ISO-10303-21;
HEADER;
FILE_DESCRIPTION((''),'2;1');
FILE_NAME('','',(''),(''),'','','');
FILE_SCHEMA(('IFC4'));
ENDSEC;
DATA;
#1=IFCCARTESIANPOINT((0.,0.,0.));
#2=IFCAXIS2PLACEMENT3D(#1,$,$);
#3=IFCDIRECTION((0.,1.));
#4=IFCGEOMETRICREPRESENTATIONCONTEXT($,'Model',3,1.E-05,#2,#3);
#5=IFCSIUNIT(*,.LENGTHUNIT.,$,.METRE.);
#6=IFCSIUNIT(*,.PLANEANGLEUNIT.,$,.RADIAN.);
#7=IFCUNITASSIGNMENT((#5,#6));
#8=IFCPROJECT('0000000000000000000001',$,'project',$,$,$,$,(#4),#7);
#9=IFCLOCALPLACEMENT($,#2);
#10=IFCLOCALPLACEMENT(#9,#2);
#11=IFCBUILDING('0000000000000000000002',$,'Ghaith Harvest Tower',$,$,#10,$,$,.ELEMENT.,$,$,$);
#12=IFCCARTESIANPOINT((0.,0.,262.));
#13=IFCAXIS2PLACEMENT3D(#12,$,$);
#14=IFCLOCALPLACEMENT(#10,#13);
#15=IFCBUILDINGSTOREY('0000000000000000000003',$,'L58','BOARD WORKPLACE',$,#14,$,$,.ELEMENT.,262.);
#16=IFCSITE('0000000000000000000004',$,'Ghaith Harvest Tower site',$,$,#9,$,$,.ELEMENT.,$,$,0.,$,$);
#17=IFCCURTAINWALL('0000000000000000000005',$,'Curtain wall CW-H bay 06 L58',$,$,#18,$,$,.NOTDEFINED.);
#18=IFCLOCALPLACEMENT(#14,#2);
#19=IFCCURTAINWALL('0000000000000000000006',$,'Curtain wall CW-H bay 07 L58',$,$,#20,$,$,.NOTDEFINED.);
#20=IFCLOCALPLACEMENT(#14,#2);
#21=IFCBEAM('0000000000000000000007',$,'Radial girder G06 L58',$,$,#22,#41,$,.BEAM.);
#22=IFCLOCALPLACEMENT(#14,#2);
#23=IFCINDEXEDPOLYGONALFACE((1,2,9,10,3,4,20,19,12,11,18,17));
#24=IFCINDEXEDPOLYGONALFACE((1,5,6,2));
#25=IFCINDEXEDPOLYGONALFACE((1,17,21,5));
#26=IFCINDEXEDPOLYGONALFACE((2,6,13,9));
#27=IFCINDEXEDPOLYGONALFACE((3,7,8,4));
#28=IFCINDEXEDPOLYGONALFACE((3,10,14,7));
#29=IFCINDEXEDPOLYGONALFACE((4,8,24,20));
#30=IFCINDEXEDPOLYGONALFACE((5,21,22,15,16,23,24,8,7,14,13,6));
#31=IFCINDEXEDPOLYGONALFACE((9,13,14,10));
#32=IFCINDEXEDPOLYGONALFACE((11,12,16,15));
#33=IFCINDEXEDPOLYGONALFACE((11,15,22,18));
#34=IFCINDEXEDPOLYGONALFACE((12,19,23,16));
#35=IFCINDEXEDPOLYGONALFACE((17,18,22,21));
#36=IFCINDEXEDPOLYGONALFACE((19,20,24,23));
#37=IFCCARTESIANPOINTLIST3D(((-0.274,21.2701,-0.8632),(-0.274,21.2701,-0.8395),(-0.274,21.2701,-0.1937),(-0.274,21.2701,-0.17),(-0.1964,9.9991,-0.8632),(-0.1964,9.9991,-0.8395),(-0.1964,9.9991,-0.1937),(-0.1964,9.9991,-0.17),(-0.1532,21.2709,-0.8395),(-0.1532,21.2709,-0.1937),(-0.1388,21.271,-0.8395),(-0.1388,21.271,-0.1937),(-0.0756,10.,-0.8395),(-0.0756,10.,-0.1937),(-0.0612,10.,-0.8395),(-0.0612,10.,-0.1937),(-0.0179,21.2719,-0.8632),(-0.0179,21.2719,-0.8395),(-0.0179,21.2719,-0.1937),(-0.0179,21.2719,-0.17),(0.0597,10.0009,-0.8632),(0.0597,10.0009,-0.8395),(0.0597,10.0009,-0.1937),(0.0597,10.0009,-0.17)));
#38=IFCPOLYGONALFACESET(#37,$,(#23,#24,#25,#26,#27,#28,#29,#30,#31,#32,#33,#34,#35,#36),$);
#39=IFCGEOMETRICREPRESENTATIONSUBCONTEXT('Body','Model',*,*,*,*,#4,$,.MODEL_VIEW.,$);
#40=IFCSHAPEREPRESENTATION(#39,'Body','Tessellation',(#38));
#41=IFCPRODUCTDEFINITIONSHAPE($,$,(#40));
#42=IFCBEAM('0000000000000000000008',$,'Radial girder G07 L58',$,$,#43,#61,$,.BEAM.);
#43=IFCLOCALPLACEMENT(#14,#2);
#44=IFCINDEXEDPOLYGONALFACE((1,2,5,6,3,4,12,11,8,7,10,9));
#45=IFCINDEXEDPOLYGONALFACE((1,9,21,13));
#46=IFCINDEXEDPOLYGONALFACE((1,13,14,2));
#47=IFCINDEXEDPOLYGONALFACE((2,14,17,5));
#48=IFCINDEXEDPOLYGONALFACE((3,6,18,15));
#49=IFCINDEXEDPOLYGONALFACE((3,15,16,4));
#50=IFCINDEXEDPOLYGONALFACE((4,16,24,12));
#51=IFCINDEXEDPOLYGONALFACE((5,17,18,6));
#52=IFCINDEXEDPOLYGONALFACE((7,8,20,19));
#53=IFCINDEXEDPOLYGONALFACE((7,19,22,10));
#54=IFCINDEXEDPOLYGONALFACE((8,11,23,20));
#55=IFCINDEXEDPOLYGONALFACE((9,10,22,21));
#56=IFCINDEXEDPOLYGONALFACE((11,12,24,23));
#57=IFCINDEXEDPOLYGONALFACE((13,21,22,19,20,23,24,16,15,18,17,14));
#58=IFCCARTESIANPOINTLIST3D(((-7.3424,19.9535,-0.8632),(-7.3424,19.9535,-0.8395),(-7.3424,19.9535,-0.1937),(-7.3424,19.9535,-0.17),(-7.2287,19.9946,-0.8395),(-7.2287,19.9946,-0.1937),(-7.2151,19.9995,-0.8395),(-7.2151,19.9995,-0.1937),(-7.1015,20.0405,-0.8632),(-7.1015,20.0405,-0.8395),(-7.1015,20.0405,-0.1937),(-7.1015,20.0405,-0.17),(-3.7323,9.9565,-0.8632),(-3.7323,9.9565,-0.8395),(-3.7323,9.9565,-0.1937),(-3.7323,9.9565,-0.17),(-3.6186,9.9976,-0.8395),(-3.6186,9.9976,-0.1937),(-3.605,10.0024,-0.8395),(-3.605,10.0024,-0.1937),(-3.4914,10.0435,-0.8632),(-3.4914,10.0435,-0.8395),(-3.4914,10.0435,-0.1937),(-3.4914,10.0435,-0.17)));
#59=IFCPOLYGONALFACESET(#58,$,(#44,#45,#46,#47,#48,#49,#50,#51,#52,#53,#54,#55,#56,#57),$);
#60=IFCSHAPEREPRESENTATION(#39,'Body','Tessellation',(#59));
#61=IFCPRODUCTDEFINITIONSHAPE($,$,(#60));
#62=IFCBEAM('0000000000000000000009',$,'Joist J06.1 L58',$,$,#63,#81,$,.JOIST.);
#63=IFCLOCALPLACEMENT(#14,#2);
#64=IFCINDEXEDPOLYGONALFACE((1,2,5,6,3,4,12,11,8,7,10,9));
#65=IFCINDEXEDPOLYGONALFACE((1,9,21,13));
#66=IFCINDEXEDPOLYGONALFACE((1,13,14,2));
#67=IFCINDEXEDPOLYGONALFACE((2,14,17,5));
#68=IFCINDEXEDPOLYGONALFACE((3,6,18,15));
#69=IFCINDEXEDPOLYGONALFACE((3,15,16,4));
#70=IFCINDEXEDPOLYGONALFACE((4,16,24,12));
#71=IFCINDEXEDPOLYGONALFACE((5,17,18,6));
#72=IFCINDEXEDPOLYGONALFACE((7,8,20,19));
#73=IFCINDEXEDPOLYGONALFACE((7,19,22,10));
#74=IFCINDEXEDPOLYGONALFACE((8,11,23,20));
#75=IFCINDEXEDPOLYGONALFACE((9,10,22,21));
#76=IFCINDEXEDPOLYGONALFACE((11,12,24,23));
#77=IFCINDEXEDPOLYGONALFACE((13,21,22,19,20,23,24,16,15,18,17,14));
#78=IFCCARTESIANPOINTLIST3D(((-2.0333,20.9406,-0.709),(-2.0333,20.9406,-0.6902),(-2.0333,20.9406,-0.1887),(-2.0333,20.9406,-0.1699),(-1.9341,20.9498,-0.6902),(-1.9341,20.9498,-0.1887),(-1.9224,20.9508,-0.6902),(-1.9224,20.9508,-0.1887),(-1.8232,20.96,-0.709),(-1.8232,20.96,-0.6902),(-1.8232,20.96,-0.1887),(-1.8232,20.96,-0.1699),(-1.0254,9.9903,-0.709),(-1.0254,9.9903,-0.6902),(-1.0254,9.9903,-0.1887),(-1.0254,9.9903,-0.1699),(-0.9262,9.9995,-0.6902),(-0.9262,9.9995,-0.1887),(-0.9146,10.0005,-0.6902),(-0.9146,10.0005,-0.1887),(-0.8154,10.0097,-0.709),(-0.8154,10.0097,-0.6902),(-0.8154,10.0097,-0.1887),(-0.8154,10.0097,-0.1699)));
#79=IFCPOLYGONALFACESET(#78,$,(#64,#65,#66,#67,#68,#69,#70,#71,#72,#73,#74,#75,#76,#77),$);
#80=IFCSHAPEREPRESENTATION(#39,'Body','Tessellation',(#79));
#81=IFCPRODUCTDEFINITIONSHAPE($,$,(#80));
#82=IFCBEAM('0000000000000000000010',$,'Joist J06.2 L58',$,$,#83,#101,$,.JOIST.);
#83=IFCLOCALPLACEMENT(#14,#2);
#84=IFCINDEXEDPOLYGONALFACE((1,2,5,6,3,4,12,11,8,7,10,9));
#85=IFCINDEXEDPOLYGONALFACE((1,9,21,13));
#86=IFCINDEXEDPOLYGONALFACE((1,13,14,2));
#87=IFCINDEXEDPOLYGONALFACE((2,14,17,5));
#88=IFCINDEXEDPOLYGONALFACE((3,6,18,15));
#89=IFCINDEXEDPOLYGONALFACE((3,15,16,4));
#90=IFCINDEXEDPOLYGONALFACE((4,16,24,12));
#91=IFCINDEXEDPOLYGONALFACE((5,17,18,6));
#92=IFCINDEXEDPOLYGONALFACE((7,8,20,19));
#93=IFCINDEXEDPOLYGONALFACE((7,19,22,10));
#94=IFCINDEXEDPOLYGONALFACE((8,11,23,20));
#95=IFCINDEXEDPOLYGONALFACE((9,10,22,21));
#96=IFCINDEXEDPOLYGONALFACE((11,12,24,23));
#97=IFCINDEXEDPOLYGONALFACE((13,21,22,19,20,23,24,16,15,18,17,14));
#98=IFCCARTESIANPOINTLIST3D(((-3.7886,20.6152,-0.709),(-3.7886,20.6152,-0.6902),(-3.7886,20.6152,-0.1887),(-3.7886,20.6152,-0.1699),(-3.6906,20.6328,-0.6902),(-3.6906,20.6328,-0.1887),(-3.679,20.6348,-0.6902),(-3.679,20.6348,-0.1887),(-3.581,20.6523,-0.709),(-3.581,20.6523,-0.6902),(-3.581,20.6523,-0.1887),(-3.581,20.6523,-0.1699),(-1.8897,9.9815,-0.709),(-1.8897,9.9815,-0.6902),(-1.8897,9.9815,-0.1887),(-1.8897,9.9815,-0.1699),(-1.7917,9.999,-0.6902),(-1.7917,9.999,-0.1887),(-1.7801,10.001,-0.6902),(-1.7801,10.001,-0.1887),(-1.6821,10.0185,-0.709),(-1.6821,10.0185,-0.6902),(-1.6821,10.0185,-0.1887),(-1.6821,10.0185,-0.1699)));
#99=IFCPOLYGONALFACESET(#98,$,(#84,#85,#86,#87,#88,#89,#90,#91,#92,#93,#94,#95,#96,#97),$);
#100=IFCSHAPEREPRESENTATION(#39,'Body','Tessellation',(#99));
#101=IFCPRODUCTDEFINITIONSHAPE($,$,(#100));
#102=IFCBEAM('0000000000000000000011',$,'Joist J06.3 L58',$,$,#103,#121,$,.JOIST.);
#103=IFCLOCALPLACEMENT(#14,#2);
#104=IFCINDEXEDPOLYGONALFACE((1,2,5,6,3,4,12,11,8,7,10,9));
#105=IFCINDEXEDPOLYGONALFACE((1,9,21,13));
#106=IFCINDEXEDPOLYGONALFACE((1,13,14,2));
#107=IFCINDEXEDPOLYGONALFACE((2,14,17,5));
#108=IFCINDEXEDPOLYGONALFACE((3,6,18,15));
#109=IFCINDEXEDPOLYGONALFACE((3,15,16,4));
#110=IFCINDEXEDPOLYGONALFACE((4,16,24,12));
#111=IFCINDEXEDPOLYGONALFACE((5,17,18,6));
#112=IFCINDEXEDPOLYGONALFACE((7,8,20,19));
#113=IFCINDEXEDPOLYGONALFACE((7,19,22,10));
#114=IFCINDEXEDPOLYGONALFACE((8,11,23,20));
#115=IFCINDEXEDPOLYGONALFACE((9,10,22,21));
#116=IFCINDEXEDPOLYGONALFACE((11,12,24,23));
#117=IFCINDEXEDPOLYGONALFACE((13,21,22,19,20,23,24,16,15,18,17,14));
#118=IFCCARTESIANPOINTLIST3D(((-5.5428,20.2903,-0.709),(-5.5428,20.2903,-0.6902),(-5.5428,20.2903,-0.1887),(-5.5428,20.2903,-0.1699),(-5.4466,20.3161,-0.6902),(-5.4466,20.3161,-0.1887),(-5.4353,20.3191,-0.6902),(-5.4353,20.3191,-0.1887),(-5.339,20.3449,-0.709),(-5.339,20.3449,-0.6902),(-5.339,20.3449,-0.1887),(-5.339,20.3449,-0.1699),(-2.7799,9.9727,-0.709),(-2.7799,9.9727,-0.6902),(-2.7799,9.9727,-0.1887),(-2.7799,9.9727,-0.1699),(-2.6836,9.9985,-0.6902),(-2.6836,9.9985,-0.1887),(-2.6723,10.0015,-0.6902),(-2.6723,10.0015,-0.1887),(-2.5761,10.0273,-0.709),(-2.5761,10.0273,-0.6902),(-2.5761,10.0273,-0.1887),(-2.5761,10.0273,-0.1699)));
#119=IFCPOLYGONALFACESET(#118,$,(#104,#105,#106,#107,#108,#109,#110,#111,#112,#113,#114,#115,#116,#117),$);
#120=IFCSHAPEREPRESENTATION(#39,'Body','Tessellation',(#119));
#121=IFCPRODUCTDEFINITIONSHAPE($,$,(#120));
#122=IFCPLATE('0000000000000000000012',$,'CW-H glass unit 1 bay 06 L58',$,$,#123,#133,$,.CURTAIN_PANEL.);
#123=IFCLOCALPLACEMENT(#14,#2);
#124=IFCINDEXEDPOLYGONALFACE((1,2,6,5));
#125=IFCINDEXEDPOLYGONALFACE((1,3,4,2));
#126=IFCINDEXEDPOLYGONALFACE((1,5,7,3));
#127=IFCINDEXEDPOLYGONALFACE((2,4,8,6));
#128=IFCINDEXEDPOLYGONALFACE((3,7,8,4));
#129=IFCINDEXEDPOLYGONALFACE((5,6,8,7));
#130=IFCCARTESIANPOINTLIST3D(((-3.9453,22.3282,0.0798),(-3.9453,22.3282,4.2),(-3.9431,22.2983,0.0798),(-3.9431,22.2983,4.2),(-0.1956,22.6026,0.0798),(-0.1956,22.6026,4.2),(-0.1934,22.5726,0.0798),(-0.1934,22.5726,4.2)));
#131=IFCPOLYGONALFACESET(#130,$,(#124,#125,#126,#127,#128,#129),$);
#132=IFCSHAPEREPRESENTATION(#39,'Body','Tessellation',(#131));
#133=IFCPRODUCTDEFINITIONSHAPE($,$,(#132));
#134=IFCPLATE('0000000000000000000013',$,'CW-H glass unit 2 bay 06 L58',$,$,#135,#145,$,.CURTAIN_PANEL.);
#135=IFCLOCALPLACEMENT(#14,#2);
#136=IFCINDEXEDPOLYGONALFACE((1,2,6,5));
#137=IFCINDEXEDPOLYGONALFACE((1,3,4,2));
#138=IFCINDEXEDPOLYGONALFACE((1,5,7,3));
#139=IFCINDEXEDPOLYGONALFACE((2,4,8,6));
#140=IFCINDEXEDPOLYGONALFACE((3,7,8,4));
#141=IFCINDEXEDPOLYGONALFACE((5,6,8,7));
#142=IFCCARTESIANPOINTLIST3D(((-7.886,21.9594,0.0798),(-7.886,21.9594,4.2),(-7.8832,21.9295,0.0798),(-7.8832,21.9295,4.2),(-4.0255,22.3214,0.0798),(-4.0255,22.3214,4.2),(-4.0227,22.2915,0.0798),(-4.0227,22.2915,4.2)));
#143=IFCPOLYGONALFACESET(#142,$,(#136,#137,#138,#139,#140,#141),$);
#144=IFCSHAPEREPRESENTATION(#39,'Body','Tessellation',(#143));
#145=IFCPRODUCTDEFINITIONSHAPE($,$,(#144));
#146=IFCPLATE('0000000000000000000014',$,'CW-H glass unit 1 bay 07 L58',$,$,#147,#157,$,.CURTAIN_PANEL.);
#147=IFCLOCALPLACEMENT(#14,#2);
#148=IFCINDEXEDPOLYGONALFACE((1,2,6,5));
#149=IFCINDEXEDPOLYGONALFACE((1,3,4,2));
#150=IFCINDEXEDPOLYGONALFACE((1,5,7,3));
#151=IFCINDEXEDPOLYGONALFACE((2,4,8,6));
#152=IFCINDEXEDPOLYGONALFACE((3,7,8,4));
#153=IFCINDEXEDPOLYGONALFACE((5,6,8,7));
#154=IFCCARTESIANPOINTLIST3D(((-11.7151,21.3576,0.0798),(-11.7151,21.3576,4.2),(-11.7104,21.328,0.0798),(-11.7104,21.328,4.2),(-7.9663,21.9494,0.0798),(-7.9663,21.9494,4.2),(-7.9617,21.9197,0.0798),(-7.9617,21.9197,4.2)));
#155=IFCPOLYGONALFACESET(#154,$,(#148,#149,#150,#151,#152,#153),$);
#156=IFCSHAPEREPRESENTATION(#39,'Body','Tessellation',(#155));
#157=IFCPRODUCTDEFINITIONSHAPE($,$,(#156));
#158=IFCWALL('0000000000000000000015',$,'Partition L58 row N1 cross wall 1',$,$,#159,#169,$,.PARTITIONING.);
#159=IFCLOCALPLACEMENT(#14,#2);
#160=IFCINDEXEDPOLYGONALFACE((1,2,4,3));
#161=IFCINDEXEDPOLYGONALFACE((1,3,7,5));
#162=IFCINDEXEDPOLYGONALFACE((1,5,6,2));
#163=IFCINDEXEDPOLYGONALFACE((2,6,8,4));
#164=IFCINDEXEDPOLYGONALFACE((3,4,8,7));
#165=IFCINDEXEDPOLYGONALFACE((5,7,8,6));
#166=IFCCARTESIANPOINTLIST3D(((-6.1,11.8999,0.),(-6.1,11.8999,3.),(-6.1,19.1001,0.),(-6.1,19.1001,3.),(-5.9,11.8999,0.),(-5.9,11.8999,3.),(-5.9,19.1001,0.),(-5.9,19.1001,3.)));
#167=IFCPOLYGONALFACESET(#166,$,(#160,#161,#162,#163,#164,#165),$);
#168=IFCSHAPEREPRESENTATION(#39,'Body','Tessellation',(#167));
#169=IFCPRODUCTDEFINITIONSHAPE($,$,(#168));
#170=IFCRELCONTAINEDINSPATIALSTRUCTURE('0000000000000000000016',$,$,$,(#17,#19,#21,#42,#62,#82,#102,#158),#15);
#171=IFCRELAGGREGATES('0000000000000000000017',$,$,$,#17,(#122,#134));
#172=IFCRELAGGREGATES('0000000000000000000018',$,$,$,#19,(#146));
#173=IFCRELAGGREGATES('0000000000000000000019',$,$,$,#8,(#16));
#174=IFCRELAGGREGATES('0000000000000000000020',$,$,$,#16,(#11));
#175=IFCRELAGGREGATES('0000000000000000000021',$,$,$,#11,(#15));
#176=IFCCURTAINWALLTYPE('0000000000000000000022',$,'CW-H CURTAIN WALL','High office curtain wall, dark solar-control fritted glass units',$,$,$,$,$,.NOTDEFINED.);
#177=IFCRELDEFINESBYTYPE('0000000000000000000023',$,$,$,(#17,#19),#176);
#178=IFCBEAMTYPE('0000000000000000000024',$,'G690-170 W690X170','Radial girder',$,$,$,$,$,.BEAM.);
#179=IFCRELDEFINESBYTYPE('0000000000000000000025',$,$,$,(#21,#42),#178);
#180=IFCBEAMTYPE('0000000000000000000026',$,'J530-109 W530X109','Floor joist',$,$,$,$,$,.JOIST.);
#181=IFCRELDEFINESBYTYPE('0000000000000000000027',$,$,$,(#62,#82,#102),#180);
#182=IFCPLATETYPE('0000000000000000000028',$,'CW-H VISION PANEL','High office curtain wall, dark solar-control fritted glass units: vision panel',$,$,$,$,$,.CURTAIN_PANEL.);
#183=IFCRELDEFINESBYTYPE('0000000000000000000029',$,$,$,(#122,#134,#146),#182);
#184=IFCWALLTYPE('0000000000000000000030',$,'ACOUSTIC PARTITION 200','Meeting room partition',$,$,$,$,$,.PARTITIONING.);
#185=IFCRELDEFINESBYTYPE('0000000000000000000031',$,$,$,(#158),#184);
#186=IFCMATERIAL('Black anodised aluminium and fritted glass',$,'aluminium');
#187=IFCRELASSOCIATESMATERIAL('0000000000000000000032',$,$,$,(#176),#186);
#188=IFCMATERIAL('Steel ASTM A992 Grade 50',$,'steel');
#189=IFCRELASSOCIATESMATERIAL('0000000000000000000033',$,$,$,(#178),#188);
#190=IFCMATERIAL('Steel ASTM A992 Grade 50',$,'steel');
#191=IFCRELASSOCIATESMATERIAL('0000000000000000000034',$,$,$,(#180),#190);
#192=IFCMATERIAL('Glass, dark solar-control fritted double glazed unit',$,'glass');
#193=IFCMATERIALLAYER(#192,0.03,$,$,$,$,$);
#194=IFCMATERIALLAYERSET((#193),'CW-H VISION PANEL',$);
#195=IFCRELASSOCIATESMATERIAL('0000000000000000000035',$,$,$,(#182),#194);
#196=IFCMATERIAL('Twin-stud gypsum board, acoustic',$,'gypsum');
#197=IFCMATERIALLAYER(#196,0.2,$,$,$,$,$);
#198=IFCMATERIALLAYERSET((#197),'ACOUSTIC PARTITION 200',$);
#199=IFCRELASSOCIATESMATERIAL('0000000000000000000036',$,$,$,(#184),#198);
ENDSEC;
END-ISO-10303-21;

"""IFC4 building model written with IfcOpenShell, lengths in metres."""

from ifc_helpers import new_model, si_unit, direction, frame, frame_2d, origin, origin_2d, place, context, subcontext, project, spatial, rectangle, i_section, extrude, material, layer, layer_set, material_profile, profile_set, type_object, element, aggregate, save


model = new_model("IFC4")

# Units and contexts
model_context = context("Model", 3, precision=1e-05, world=origin(), true_north=direction((0.0, 1.0)))
body_context = subcontext(model_context, "Body", "Model", "MODEL_VIEW")
ifc_project = project(units=[si_unit("LENGTHUNIT", "METRE"), si_unit("PLANEANGLEUNIT", "RADIAN")], contexts=[model_context])

# Site, building, storey
site_placement = place(None, origin())
site = spatial("IfcSite", under=ifc_project, at=site_placement, Name="Ghaith Harvest Tower site", CompositionType="ELEMENT", RefElevation=0.0)
building_placement = place(site_placement, origin())
building = spatial("IfcBuilding", under=site, at=building_placement, Name="Ghaith Harvest Tower", CompositionType="ELEMENT")
storey_placement = place(building_placement, frame((0.0, 0.0, 262.0)))
storey = spatial("IfcBuildingStorey", under=building, at=storey_placement, Name="L58", Description="BOARD WORKPLACE", CompositionType="ELEMENT", Elevation=262.0)

# Curtain walls
ifc_material_1 = material(Name="Black anodised aluminium and fritted glass", Category="aluminium")
curtain_wall_type = type_object("IfcCurtainWallType", Name="CW-H CURTAIN WALL", Description="High office curtain wall, dark solar-control fritted glass units", PredefinedType="NOTDEFINED", material=ifc_material_1)
curtain_wall_1_placement = place(storey_placement, origin())
curtain_wall_1 = element("IfcCurtainWall", 1, at=curtain_wall_1_placement, inside=storey, type_object=curtain_wall_type, Name="Curtain wall CW-H bay 06 L58", PredefinedType="NOTDEFINED")
curtain_wall_2_placement = place(storey_placement, origin())
curtain_wall_2 = element("IfcCurtainWall", 2, at=curtain_wall_2_placement, inside=storey, type_object=curtain_wall_type, Name="Curtain wall CW-H bay 07 L58", PredefinedType="NOTDEFINED")

# Beams
ifc_material_2 = material(Name="Steel ASTM A992 Grade 50", Category="steel")
ifc_material_profile_1 = material_profile(ifc_material_2, i_section(OverallWidth=0.2561, OverallDepth=0.6931, WebThickness=0.0144, FlangeThickness=0.0237, at=origin_2d()), Name="W690X170")
ifc_profile_set_1 = profile_set([ifc_material_profile_1], Name="Steel ASTM A992 Grade 50")
beam_type_1 = type_object("IfcBeamType", Name="G690-170 W690X170", Description="Radial girder", PredefinedType="BEAM", material=ifc_profile_set_1)
beam_1_placement = place(storey_placement, frame((-0.0684, 10.0, -0.5166), z_axis=(-0.006888, 0.999976, 0.0), x_axis=(-0.999976, -0.006888, 0.0)))
element("IfcBeam", 3, at=beam_1_placement, inside=storey, type_object=beam_type_1, Name="Radial girder G06 L58", PredefinedType="BEAM", context=body_context, shape_type="SweptSolid", body=[
    extrude(i_section(OverallWidth=0.2561, OverallDepth=0.6931, WebThickness=0.0144, FlangeThickness=0.0237, at=origin_2d()), origin(), (0.0, 0.0, 1.0), 11.2712),
])
beam_2_placement = place(storey_placement, frame((-3.6118, 10.0, -0.5166), z_axis=(-0.339649, 0.940552, 0.0), x_axis=(-0.940552, -0.339649, 0.0)))
element("IfcBeam", 4, at=beam_2_placement, inside=storey, type_object=beam_type_1, Name="Radial girder G07 L58", PredefinedType="BEAM", context=body_context, shape_type="SweptSolid", body=[
    extrude(i_section(OverallWidth=0.2561, OverallDepth=0.6931, WebThickness=0.0144, FlangeThickness=0.0237, at=origin_2d()), origin(), (0.0, 0.0, 1.0), 10.6289),
])
ifc_material_3 = material(Name="Steel ASTM A992 Grade 50", Category="steel")
ifc_material_profile_2 = material_profile(ifc_material_3, i_section(OverallWidth=0.2109, OverallDepth=0.5391, WebThickness=0.0117, FlangeThickness=0.0188, at=origin_2d()), Name="W530X109")
ifc_profile_set_2 = profile_set([ifc_material_profile_2], Name="Steel ASTM A992 Grade 50")
beam_type_2 = type_object("IfcBeamType", Name="J530-109 W530X109", Description="Floor joist", PredefinedType="JOIST", material=ifc_profile_set_2)
beam_3_placement = place(storey_placement, frame((-0.9204, 10.0, -0.4395), z_axis=(-0.091649, 0.995791, 0.0), x_axis=(-0.995791, -0.091649, 0.0)))
element("IfcBeam", 5, at=beam_3_placement, inside=storey, type_object=beam_type_2, Name="Joist J06.1 L58", PredefinedType="JOIST", context=body_context, shape_type="SweptSolid", body=[
    extrude(i_section(OverallWidth=0.2109, OverallDepth=0.5391, WebThickness=0.0117, FlangeThickness=0.0188, at=origin_2d()), origin(), (0.0, 0.0, 1.0), 10.9966),
])
beam_4_placement = place(storey_placement, frame((-1.7859, 10.0, -0.4395), z_axis=(-0.175794, 0.984427, 0.0), x_axis=(-0.984427, -0.175794, 0.0)))
element("IfcBeam", 6, at=beam_4_placement, inside=storey, type_object=beam_type_2, Name="Joist J06.2 L58", PredefinedType="JOIST", context=body_context, shape_type="SweptSolid", body=[
    extrude(i_section(OverallWidth=0.2109, OverallDepth=0.5391, WebThickness=0.0117, FlangeThickness=0.0188, at=origin_2d()), origin(), (0.0, 0.0, 1.0), 10.802),
])
beam_5_placement = place(storey_placement, frame((-2.678, 10.0, -0.4395), z_axis=(-0.258674, 0.965965, 0.0), x_axis=(-0.965965, -0.258674, 0.0)))
element("IfcBeam", 7, at=beam_5_placement, inside=storey, type_object=beam_type_2, Name="Joist J06.3 L58", PredefinedType="JOIST", context=body_context, shape_type="SweptSolid", body=[
    extrude(i_section(OverallWidth=0.2109, OverallDepth=0.5391, WebThickness=0.0117, FlangeThickness=0.0188, at=origin_2d()), origin(), (0.0, 0.0, 1.0), 10.6812),
])

# Plates
ifc_material_4 = material(Name="Glass, dark solar-control fritted double glazed unit", Category="glass")
ifc_layer_1 = layer(ifc_material_4, 0.03)
ifc_layer_set_1 = layer_set([ifc_layer_1], Name="CW-H VISION PANEL")
plate_type = type_object("IfcPlateType", Name="CW-H VISION PANEL", Description="High office curtain wall, dark solar-control fritted glass units: vision panel", PredefinedType="CURTAIN_PANEL", material=ifc_layer_set_1)
plate_1_placement = place(storey_placement, frame((-2.0693, 22.4504, 0.0798), z_axis=(0.0, 0.0, 1.0), x_axis=(-0.997334, -0.072966, 0.0)))
plate_1 = element("IfcPlate", 8, at=plate_1_placement, type_object=plate_type, Name="CW-H glass unit 1 bay 06 L58", PredefinedType="CURTAIN_PANEL", context=body_context, shape_type="SweptSolid", body=[
    extrude(rectangle(XDim=3.7598, YDim=0.03, at=origin_2d()), origin(), (0.0, 0.0, 1.0), 4.1201),
])
plate_2_placement = place(storey_placement, frame((-5.9543, 22.1255, 0.0798), z_axis=(0.0, 0.0, 1.0), x_axis=(-0.995632, -0.093365, 0.0)))
plate_2 = element("IfcPlate", 9, at=plate_2_placement, type_object=plate_type, Name="CW-H glass unit 2 bay 06 L58", PredefinedType="CURTAIN_PANEL", context=body_context, shape_type="SweptSolid", body=[
    extrude(rectangle(XDim=3.8774, YDim=0.03, at=origin_2d()), origin(), (0.0, 0.0, 1.0), 4.1201),
])
aggregate(curtain_wall_1, [plate_1, plate_2])
plate_3_placement = place(storey_placement, frame((-9.8384, 21.6387, 0.0798), z_axis=(0.0, 0.0, 1.0), x_axis=(-0.98777, -0.155916, 0.0)))
plate_3 = element("IfcPlate", 10, at=plate_3_placement, type_object=plate_type, Name="CW-H glass unit 1 bay 07 L58", PredefinedType="CURTAIN_PANEL", context=body_context, shape_type="SweptSolid", body=[
    extrude(rectangle(XDim=3.7952, YDim=0.03, at=origin_2d()), origin(), (0.0, 0.0, 1.0), 4.1201),
])
aggregate(curtain_wall_2, [plate_3])

# Wall
ifc_material_5 = material(Name="Twin-stud gypsum board, acoustic", Category="gypsum")
ifc_layer_2 = layer(ifc_material_5, 0.2)
ifc_layer_set_2 = layer_set([ifc_layer_2], Name="ACOUSTIC PARTITION 200")
wall_type_1 = type_object("IfcWallType", Name="ACOUSTIC PARTITION 200", Description="Meeting room partition", PredefinedType="PARTITIONING", material=ifc_layer_set_2)
wall_1_placement = place(storey_placement, frame((-6.0, 11.8999, 0.0), z_axis=(0.0, 0.0, 1.0), x_axis=(0.0, 1.0, 0.0)))
element("IfcWall", 11, at=wall_1_placement, inside=storey, type_object=wall_type_1, Name="Partition L58 row N1 cross wall 1", PredefinedType="PARTITIONING", context=body_context, shape_type="SweptSolid", body=[
    extrude(rectangle(XDim=7.2002, YDim=0.2, at=frame_2d((3.6001, 0.0))), origin(), (0.0, 0.0, 1.0), 3.0),
])

save(model, "model.ifc")
